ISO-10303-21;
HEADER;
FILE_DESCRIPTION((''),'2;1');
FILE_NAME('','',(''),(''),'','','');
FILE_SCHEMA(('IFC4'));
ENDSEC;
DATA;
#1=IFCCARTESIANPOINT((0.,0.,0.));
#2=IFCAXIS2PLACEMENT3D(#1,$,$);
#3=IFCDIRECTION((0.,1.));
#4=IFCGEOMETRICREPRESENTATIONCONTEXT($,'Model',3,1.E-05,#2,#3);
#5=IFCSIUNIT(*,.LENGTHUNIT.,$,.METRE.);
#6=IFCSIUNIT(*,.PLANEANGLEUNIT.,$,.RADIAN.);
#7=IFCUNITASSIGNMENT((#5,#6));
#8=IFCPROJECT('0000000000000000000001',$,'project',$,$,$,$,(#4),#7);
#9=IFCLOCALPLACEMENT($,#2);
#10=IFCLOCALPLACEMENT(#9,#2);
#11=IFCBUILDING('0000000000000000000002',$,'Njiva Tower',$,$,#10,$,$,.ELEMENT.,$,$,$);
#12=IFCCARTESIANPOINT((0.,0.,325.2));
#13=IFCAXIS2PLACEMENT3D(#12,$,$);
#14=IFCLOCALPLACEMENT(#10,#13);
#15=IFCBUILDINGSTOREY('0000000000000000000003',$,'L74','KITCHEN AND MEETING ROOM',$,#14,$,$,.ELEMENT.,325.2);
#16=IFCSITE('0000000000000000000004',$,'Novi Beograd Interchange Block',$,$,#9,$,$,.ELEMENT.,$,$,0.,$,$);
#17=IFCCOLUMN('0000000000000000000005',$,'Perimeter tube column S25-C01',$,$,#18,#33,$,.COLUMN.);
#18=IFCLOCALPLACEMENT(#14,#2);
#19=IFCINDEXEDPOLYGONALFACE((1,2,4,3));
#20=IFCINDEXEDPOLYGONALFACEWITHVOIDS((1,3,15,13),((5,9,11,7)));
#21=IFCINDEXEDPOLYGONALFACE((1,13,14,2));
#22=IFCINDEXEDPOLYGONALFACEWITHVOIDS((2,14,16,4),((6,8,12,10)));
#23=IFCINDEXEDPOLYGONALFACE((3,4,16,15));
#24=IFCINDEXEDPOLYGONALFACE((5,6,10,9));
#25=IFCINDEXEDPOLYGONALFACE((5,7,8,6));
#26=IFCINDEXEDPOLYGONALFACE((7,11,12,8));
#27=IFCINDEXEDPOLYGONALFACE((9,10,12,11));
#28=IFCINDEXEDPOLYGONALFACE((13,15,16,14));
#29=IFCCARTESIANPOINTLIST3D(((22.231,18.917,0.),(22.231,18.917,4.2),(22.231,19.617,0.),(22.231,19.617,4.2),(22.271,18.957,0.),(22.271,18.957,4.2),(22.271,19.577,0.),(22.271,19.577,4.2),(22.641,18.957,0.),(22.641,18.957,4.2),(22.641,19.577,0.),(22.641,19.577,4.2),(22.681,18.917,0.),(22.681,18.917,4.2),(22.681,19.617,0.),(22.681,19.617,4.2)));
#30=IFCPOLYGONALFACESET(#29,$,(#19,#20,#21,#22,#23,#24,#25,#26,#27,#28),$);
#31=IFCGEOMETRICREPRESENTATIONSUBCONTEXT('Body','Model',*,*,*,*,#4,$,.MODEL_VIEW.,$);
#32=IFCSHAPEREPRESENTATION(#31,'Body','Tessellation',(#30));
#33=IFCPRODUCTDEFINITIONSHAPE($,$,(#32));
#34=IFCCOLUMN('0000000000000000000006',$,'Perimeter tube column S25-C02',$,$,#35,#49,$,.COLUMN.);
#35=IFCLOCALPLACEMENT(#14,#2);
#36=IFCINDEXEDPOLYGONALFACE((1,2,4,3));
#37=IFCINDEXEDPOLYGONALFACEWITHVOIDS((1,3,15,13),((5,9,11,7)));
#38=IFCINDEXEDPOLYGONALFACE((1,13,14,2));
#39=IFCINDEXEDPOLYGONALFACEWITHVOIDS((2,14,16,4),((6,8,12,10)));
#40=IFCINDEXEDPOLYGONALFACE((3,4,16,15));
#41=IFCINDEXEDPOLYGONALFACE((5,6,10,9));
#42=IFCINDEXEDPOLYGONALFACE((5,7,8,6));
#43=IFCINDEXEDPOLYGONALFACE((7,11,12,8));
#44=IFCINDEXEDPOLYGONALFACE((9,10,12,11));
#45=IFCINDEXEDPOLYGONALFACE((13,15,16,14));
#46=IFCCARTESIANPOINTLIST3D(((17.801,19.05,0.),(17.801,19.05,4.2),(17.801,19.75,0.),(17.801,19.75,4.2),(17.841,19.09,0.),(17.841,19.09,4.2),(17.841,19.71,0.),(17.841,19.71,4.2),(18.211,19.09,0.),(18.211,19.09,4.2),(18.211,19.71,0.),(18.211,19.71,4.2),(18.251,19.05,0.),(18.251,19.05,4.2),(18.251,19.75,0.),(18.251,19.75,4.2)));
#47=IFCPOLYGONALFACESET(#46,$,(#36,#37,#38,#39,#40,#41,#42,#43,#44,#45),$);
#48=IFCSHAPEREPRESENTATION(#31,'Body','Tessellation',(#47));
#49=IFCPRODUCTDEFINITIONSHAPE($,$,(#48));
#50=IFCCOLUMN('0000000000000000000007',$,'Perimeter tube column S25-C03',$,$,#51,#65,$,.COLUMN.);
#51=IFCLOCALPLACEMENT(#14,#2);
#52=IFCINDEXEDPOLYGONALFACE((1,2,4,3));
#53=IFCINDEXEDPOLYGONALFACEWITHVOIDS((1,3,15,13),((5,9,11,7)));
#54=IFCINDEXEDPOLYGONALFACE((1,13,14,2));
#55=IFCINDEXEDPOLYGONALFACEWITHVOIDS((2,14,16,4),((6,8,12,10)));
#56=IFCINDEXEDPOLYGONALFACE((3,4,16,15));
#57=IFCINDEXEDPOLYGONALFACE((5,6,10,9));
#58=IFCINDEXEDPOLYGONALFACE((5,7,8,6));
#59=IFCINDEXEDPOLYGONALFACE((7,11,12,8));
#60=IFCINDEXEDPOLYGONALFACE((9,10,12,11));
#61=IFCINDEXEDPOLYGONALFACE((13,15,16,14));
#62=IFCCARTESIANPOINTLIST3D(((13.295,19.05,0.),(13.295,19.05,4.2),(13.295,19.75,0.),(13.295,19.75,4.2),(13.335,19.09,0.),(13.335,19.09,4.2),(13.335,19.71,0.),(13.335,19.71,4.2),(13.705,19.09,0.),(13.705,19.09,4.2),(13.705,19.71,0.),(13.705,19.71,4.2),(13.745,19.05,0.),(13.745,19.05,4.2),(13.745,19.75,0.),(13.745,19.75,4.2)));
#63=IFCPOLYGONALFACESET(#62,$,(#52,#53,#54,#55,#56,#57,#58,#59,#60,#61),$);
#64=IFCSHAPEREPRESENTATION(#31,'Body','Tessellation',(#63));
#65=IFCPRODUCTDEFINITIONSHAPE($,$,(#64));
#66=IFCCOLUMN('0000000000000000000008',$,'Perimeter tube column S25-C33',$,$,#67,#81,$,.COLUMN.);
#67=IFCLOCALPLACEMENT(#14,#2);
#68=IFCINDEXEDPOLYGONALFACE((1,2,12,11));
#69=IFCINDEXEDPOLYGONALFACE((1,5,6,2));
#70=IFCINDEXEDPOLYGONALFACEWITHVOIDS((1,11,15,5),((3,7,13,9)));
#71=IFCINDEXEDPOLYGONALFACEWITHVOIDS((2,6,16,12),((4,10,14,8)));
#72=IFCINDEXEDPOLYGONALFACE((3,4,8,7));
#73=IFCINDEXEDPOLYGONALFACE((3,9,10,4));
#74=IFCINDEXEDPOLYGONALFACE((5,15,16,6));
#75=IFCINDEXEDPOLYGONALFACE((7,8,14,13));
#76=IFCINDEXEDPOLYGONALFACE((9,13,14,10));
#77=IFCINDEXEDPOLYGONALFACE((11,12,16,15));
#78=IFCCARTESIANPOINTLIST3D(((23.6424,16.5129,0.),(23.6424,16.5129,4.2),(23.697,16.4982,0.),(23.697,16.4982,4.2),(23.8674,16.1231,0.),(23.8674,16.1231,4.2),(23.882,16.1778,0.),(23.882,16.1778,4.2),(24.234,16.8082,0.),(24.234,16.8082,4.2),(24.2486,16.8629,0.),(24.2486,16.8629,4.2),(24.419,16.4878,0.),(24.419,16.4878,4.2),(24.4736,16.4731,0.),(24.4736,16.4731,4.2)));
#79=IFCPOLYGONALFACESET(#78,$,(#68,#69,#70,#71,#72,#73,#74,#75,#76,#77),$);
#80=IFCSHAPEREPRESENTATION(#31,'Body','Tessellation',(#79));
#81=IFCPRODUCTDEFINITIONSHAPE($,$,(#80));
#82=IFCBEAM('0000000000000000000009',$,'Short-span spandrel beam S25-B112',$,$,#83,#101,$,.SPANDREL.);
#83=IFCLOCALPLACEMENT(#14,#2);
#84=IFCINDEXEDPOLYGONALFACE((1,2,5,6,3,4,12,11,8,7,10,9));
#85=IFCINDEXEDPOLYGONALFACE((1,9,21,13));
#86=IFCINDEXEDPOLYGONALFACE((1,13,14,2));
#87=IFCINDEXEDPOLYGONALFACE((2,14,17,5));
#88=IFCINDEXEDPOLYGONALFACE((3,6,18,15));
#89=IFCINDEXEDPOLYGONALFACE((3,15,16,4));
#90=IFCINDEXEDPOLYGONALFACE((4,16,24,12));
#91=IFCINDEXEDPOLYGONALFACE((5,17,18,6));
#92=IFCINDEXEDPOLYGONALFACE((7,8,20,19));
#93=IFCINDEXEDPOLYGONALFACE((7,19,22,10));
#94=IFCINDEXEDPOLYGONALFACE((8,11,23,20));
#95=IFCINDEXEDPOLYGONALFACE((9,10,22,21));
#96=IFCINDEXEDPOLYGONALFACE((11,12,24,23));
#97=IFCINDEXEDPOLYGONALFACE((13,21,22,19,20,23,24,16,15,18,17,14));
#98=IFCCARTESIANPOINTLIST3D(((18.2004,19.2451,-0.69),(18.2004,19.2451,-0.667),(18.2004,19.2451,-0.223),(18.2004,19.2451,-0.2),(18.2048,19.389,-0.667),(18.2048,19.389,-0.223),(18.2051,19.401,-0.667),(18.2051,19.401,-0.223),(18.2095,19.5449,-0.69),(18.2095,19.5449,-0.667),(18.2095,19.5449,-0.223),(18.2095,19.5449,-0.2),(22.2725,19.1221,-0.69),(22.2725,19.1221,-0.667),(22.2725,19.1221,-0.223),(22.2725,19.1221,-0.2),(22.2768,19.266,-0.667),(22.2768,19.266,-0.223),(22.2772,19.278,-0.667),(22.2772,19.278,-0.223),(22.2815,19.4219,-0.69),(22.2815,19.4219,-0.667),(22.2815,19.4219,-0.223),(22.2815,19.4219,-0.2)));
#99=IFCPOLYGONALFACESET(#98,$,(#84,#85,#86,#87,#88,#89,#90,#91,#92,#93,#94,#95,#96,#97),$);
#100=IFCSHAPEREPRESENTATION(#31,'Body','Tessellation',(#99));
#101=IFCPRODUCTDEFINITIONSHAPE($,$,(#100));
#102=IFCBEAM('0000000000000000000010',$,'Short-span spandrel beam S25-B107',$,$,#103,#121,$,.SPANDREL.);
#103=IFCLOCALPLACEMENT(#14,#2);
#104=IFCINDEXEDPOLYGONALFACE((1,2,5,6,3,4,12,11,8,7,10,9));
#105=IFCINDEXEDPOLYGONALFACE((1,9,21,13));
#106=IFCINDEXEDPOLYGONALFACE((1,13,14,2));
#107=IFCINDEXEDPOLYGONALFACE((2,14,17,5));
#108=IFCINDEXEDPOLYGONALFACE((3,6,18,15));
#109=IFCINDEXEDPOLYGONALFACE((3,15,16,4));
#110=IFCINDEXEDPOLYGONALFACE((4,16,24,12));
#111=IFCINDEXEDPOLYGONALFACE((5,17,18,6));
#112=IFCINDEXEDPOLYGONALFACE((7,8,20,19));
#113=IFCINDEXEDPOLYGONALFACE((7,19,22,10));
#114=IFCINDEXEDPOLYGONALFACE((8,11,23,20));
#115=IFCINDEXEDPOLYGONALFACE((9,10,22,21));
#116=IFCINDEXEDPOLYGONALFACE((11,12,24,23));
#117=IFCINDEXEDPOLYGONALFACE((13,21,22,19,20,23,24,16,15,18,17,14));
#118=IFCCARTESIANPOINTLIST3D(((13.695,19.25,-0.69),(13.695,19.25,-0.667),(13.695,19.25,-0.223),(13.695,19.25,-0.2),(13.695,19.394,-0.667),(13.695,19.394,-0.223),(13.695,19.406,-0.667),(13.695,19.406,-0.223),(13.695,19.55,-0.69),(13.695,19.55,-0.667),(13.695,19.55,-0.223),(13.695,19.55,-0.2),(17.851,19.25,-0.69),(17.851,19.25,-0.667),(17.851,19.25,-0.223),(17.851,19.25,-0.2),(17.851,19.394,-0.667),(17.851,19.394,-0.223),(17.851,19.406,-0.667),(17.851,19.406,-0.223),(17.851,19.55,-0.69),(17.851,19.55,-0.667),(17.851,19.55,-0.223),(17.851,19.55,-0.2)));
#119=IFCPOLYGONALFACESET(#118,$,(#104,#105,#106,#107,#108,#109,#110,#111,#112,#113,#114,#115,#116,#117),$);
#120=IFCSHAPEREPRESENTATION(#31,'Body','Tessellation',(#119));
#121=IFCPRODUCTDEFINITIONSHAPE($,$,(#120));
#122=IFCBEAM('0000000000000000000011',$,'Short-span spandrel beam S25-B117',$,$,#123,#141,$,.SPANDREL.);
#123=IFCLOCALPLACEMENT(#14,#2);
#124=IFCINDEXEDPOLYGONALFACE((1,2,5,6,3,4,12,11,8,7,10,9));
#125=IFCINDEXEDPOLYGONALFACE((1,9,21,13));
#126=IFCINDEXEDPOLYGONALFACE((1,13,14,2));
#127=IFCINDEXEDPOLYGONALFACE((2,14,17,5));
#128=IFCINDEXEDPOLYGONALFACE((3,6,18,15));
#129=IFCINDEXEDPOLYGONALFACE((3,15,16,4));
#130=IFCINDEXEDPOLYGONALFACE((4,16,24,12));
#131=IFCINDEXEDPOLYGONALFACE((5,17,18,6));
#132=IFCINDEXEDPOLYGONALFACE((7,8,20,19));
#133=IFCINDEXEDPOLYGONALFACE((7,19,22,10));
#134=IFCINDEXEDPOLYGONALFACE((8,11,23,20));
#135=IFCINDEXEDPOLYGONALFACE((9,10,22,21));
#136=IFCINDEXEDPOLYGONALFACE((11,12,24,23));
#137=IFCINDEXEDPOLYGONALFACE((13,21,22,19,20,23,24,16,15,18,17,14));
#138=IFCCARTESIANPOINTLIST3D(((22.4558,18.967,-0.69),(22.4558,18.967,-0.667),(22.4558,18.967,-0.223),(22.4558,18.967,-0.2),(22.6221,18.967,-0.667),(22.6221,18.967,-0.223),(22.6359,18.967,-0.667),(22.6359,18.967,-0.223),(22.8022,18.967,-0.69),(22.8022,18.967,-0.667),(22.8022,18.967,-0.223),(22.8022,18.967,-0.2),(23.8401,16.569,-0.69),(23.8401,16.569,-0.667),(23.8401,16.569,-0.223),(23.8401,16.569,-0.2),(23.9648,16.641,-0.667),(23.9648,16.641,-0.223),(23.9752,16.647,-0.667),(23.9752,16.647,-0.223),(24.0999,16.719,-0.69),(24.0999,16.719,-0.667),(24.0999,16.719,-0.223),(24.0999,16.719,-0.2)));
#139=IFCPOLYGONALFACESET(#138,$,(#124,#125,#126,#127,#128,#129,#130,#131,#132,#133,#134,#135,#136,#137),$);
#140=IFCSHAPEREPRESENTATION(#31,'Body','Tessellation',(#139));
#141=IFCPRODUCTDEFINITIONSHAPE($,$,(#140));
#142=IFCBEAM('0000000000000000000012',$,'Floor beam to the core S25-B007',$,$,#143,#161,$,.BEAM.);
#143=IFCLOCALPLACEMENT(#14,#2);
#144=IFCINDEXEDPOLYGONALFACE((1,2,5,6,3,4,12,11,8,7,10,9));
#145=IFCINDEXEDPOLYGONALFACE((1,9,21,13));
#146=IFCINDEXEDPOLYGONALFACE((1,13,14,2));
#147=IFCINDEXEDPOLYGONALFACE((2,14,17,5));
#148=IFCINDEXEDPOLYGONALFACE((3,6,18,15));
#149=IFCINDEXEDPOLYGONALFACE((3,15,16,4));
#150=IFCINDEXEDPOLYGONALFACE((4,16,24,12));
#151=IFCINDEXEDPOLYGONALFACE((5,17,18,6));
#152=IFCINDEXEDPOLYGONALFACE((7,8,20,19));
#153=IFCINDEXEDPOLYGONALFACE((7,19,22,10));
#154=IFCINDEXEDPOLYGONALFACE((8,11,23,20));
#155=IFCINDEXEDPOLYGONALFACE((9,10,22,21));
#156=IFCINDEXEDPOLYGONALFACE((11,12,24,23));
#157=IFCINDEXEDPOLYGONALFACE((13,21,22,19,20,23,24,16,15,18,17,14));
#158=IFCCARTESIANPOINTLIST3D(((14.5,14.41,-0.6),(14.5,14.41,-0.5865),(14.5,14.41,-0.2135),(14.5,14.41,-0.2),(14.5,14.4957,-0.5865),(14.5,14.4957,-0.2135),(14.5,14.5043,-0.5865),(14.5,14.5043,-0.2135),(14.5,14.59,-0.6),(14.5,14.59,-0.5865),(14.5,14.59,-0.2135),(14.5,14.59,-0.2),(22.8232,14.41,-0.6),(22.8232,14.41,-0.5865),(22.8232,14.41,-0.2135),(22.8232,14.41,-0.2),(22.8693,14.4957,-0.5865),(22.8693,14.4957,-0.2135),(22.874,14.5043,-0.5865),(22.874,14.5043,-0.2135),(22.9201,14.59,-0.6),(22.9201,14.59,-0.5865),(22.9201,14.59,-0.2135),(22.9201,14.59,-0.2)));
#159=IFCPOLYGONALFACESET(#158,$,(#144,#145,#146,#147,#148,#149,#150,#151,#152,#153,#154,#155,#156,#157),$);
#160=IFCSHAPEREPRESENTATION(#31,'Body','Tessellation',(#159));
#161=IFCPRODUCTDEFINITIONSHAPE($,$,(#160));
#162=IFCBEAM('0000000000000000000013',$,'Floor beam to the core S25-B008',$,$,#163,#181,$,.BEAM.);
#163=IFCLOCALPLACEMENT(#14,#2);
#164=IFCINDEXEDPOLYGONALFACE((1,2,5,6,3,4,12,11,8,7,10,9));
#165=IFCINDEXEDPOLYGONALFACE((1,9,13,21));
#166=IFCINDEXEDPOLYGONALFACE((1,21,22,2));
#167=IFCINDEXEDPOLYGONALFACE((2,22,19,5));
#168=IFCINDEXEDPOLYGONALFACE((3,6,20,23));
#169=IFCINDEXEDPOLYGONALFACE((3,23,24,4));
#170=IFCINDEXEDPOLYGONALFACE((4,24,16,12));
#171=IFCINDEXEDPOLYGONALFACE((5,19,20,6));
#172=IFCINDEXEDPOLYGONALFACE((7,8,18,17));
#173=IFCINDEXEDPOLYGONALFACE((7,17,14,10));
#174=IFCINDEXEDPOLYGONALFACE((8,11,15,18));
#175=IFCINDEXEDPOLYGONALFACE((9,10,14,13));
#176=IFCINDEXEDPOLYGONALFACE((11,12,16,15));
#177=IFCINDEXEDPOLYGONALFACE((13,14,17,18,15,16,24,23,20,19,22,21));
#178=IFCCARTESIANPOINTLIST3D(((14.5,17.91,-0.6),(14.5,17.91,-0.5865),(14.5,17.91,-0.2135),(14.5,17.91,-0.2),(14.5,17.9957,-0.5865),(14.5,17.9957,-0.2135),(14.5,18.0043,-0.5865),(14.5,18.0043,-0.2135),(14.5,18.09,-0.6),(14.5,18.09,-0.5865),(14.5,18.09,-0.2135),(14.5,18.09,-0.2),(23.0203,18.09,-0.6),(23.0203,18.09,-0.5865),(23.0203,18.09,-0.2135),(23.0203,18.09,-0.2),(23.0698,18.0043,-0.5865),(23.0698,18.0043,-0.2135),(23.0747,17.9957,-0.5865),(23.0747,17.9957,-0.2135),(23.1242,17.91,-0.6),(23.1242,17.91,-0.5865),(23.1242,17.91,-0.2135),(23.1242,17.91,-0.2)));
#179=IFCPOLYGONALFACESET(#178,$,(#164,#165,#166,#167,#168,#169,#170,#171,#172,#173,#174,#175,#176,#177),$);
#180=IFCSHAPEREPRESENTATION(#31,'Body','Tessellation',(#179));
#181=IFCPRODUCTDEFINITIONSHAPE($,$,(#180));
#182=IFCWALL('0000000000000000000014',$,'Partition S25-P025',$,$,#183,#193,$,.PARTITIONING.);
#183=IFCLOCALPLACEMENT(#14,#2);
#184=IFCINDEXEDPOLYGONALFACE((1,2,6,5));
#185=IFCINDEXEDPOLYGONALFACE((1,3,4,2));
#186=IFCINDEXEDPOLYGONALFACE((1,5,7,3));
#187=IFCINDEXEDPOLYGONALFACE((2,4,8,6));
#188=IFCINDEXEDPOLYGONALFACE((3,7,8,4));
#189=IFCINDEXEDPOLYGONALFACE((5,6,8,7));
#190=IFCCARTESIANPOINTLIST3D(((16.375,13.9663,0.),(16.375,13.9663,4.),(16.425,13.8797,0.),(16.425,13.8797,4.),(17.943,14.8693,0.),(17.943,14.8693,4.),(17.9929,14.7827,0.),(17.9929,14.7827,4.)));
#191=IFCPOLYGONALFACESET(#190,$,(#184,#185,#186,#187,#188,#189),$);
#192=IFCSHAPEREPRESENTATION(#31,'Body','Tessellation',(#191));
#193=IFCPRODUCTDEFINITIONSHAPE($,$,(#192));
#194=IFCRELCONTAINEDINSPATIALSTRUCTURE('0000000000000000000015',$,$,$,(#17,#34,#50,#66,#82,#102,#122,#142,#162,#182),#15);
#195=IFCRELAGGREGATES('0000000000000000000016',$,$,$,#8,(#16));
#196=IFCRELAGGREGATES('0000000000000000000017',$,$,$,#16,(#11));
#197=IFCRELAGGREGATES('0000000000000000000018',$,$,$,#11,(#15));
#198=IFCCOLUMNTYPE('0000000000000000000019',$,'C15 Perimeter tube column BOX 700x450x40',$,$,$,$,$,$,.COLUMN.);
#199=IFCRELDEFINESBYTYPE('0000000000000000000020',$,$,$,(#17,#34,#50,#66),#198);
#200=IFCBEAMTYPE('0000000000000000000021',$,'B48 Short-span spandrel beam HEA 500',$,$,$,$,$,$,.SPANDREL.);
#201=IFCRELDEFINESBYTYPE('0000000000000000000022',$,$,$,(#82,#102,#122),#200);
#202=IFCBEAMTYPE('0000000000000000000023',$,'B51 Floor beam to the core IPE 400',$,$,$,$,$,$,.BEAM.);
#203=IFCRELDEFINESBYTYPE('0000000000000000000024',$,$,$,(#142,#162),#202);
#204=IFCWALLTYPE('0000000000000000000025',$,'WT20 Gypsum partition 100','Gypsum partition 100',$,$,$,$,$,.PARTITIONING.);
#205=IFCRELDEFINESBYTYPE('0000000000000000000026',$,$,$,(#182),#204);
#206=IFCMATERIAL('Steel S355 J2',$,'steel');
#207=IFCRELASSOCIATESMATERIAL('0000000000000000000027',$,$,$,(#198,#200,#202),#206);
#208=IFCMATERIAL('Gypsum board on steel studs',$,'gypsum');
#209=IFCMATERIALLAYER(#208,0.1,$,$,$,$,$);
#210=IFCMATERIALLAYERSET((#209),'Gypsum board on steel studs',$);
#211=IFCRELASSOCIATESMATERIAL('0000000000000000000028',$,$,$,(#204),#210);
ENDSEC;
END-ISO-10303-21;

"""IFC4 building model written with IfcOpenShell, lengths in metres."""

from ifc_helpers import new_model, si_unit, direction, frame, frame_2d, origin, origin_2d, place, context, subcontext, project, spatial, rectangle, hollow_rectangle, i_section, extrude, clip, halfspace, material, layer, layer_set, material_profile, profile_set, type_object, element, save


model = new_model("IFC4")

# Units and contexts
model_context = context("Model", 3, precision=1e-05, world=origin(), true_north=direction((0.0, 1.0)))
body_context = subcontext(model_context, "Body", "Model", "MODEL_VIEW")
ifc_project = project(units=[si_unit("LENGTHUNIT", "METRE"), si_unit("PLANEANGLEUNIT", "RADIAN")], contexts=[model_context])

# Site, building, storey
site_placement = place(None, origin())
site = spatial("IfcSite", under=ifc_project, at=site_placement, Name="Novi Beograd Interchange Block", CompositionType="ELEMENT", RefElevation=0.0)
building_placement = place(site_placement, origin())
building = spatial("IfcBuilding", under=site, at=building_placement, Name="Njiva Tower", CompositionType="ELEMENT")
storey_placement = place(building_placement, frame((0.0, 0.0, 325.2)))
storey = spatial("IfcBuildingStorey", under=building, at=storey_placement, Name="L74", Description="KITCHEN AND MEETING ROOM", CompositionType="ELEMENT", Elevation=325.2)

# Columns
ifc_material_1 = material(Name="Steel S355 J2", Category="steel")
ifc_material_profile_1 = material_profile(ifc_material_1, hollow_rectangle(XDim=0.45, YDim=0.7, WallThickness=0.04, at=origin_2d()), Name="BOX 700x450x40")
ifc_profile_set_1 = profile_set([ifc_material_profile_1], Name="Steel S355 J2")
column_type = type_object("IfcColumnType", Name="C15 Perimeter tube column BOX 700x450x40", PredefinedType="COLUMN", material=ifc_profile_set_1)
for number, where, z_axis, x_axis, name in (
    (1, (22.456, 19.267, 0.0), (0.0, 0.0, 1.0), (-1.0, 0.0, 0.0), "Perimeter tube column S25-C01"),
    (2, (18.026, 19.4, 0.0), (0.0, 0.0, 1.0), (-1.0, 0.0, 0.0), "Perimeter tube column S25-C02"),
    (3, (13.52, 19.4, 0.0), (0.0, 0.0, 1.0), (-1.0, 0.0, 0.0), "Perimeter tube column S25-C03"),
    (4, (24.058, 16.493, 0.0), (0.0, 0.0, 1.0), (-0.5, 0.866025, 0.0), "Perimeter tube column S25-C33"),
):
    element("IfcColumn", number, at=place(storey_placement, frame(where, z_axis=z_axis, x_axis=x_axis)), inside=storey, type_object=column_type, Name=name, PredefinedType="COLUMN", context=body_context, shape_type="SweptSolid", body=[
        extrude(hollow_rectangle(XDim=0.45, YDim=0.7, WallThickness=0.04, at=origin_2d()), origin(), (0.0, 0.0, 1.0), 4.2),
    ])

# Beams
ifc_material_profile_2 = material_profile(ifc_material_1, i_section(OverallWidth=0.3, OverallDepth=0.49, WebThickness=0.012, FlangeThickness=0.023, at=origin_2d()), Name="HEA 500")
ifc_profile_set_2 = profile_set([ifc_material_profile_2], Name="Steel S355 J2")
beam_type_1 = type_object("IfcBeamType", Name="B48 Short-span spandrel beam HEA 500", PredefinedType="SPANDREL", material=ifc_profile_set_2)
beam_1_placement = place(storey_placement, frame((22.277, 19.272, -0.445), z_axis=(-0.999544, 0.030193, 0.0), x_axis=(-0.030193, -0.999544, 0.0)))
element("IfcBeam", 5, at=beam_1_placement, inside=storey, type_object=beam_type_1, Name="Short-span spandrel beam S25-B112", PredefinedType="SPANDREL", context=body_context, shape_type="SweptSolid", body=[
    extrude(i_section(OverallWidth=0.3, OverallDepth=0.49, WebThickness=0.012, FlangeThickness=0.023, at=origin_2d()), origin(), (0.0, 0.0, 1.0), 4.0739),
])
beam_2_placement = place(storey_placement, frame((17.851, 19.4, -0.445), z_axis=(-1.0, 0.0, 0.0), x_axis=(0.0, -1.0, 0.0)))
element("IfcBeam", 6, at=beam_2_placement, inside=storey, type_object=beam_type_1, Name="Short-span spandrel beam S25-B107", PredefinedType="SPANDREL", context=body_context, shape_type="SweptSolid", body=[
    extrude(i_section(OverallWidth=0.3, OverallDepth=0.49, WebThickness=0.012, FlangeThickness=0.023, at=origin_2d()), origin(), (0.0, 0.0, 1.0), 4.156),
])
beam_3_placement = place(storey_placement, frame((23.97, 16.644, -0.445), z_axis=(-0.499948, 0.866055, 0.0), x_axis=(-0.866055, -0.499948, 0.0)))
element("IfcBeam", 7, at=beam_3_placement, inside=storey, type_object=beam_type_1, Name="Short-span spandrel beam S25-B117", PredefinedType="SPANDREL", context=body_context, shape_type="Clipping", body=[
    clip(extrude(i_section(OverallWidth=0.3, OverallDepth=0.49, WebThickness=0.012, FlangeThickness=0.023, at=origin_2d()), origin(), (0.0, 0.0, 1.0), 2.7893), halfspace(frame((-0.0254, 0.0, 2.6676), z_axis=(-0.499948, 0.0, 0.866055), x_axis=(0.0, 1.0, 0.0)), False)),
])
ifc_material_profile_3 = material_profile(ifc_material_1, i_section(OverallWidth=0.18, OverallDepth=0.4, WebThickness=0.0086, FlangeThickness=0.0135, at=origin_2d()), Name="IPE 400")
ifc_profile_set_3 = profile_set([ifc_material_profile_3], Name="Steel S355 J2")
beam_type_2 = type_object("IfcBeamType", Name="B51 Floor beam to the core IPE 400", PredefinedType="BEAM", material=ifc_profile_set_3)
beam_4_placement = place(storey_placement, frame((14.5, 14.5, -0.4), z_axis=(1.0, 0.0, 0.0), x_axis=(0.0, 1.0, 0.0)))
element("IfcBeam", 8, at=beam_4_placement, inside=storey, type_object=beam_type_2, Name="Floor beam to the core S25-B007", PredefinedType="BEAM", context=body_context, shape_type="Clipping", body=[
    clip(extrude(i_section(OverallWidth=0.18, OverallDepth=0.4, WebThickness=0.0086, FlangeThickness=0.0135, at=origin_2d()), origin(), (0.0, 0.0, 1.0), 8.44), halfspace(frame((-0.0237, 0.0, 8.3589), z_axis=(-0.473762, 0.0, 0.880653), x_axis=(0.0, 1.0, 0.0)), False)),
])
beam_5_placement = place(storey_placement, frame((14.5, 18.0, -0.4), z_axis=(1.0, 0.0, 0.0), x_axis=(0.0, 1.0, 0.0)))
element("IfcBeam", 9, at=beam_5_placement, inside=storey, type_object=beam_type_2, Name="Floor beam to the core S25-B008", PredefinedType="BEAM", context=body_context, shape_type="Clipping", body=[
    clip(extrude(i_section(OverallWidth=0.18, OverallDepth=0.4, WebThickness=0.0086, FlangeThickness=0.0135, at=origin_2d()), origin(), (0.0, 0.0, 1.0), 8.644), halfspace(frame((0.025, 0.0, 8.5578), z_axis=(0.499998, 0.0, 0.866027), x_axis=(0.0, 1.0, 0.0)), False)),
])

# Wall
ifc_material_2 = material(Name="Gypsum board on steel studs", Category="gypsum")
ifc_layer_1 = layer(ifc_material_2, 0.1)
ifc_layer_set_1 = layer_set([ifc_layer_1], Name="Gypsum board on steel studs")
wall_type_1 = type_object("IfcWallType", Name="WT20 Gypsum partition 100", Description="Gypsum partition 100", PredefinedType="PARTITIONING", material=ifc_layer_set_1)
wall_1_placement = place(storey_placement, frame((16.4, 13.923, 0.0), z_axis=(0.0, 0.0, 1.0), x_axis=(0.866572, 0.499052, 0.0)))
element("IfcWall", 10, at=wall_1_placement, inside=storey, type_object=wall_type_1, Name="Partition S25-P025", PredefinedType="PARTITIONING", context=body_context, shape_type="SweptSolid", body=[
    extrude(rectangle(XDim=1.8094, YDim=0.1, at=frame_2d((0.9047, 0.0))), origin(), (0.0, 0.0, 1.0), 4.0),
])

save(model, "model.ifc")
